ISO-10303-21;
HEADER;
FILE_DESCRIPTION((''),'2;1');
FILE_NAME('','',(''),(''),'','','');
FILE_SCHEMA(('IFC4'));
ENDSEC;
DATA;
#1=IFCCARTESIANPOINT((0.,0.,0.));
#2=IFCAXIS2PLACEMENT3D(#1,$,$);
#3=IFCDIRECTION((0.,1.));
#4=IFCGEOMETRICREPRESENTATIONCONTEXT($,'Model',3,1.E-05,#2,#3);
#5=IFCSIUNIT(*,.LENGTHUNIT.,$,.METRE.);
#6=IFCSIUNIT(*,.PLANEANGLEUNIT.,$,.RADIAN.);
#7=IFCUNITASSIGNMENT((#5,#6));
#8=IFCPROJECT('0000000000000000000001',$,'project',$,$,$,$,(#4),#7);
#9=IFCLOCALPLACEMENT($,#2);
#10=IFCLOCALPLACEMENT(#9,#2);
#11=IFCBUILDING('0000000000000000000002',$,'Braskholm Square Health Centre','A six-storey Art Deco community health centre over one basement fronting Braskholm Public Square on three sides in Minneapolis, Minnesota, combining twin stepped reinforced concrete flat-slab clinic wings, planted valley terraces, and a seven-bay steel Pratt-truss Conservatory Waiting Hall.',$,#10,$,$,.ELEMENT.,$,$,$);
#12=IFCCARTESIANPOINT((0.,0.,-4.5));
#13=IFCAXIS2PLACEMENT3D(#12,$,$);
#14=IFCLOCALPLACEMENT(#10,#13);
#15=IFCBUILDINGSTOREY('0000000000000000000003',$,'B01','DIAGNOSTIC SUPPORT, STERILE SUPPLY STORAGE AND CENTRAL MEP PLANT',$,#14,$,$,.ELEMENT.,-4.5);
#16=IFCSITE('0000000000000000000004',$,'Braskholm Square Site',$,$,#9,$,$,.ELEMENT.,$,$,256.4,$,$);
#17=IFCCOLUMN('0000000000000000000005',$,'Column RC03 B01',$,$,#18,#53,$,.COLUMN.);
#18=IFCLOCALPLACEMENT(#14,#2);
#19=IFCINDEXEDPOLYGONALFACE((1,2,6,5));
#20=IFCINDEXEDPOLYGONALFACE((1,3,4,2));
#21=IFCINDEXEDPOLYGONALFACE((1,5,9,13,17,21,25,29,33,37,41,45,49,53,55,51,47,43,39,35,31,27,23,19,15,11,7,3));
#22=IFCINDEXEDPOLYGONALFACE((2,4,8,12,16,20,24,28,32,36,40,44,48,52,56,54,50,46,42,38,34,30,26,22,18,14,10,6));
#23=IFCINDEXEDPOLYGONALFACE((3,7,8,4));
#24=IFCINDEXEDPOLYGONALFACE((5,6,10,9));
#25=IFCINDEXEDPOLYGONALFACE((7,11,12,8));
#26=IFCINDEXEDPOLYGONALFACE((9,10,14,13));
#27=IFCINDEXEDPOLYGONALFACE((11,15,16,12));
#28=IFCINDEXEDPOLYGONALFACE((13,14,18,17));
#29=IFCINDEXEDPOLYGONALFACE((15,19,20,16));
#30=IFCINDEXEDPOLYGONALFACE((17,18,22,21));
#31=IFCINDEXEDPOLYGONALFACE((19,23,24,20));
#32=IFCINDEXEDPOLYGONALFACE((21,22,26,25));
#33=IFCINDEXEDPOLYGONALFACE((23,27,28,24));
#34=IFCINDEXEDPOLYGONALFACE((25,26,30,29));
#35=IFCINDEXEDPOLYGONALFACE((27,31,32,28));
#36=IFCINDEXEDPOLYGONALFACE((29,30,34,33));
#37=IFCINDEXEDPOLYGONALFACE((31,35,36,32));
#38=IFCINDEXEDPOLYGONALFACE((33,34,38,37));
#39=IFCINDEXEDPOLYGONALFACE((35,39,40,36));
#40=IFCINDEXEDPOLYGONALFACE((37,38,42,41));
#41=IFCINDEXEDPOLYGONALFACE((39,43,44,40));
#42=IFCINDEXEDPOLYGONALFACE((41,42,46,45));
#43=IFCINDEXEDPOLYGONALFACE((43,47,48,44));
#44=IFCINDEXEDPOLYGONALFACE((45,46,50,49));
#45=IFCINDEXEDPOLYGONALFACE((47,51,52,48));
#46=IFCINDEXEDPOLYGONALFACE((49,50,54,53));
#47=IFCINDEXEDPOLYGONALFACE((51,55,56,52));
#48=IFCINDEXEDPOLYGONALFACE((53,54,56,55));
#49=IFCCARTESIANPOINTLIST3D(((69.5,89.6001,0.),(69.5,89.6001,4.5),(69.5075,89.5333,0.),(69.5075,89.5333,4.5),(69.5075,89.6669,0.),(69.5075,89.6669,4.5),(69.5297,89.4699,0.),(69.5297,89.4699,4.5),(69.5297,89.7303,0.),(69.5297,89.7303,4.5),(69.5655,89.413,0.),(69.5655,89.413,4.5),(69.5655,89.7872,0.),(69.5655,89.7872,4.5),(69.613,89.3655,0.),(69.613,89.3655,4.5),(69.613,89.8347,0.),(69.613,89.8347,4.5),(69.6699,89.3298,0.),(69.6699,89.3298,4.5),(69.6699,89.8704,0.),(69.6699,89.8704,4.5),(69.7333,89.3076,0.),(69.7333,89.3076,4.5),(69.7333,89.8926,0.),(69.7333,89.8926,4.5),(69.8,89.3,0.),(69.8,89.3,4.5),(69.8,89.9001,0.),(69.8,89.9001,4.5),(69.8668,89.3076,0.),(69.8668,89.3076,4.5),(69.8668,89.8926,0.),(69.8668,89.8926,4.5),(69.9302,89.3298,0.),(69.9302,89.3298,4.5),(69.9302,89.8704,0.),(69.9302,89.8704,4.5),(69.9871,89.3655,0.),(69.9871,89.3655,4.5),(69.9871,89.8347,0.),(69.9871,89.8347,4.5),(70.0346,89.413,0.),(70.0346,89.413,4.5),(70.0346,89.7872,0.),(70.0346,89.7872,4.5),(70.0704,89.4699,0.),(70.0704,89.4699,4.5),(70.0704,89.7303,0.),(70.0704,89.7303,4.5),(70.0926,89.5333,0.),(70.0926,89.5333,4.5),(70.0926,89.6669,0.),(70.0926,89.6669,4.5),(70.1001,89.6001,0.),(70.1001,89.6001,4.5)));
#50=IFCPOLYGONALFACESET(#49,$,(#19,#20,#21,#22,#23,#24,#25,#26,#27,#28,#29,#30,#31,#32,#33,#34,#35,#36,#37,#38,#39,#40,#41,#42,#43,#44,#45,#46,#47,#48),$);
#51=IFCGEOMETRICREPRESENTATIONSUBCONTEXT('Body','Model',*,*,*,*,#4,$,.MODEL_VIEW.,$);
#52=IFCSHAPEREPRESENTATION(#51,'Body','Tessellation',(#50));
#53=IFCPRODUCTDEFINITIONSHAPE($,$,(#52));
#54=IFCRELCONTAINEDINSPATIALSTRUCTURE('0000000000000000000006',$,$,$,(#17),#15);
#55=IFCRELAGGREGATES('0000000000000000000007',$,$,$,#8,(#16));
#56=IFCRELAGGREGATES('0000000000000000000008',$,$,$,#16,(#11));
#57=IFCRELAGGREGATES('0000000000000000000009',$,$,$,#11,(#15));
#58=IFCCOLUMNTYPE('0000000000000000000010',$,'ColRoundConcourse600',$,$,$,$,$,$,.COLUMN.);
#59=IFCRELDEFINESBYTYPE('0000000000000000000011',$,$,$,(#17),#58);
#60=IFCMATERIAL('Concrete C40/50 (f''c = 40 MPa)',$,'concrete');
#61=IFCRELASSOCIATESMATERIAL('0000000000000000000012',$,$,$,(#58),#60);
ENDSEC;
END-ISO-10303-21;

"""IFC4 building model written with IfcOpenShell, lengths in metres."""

from ifc_helpers import new_model, si_unit, direction, frame, origin, origin_2d, place, context, subcontext, project, spatial, circle, extrude, material, material_profile, profile_set, type_object, element, save


model = new_model("IFC4")

# Units and contexts
model_context = context("Model", 3, precision=1e-05, world=origin(), true_north=direction((0.0, 1.0)))
body_context = subcontext(model_context, "Body", "Model", "MODEL_VIEW")
ifc_project = project(units=[si_unit("LENGTHUNIT", "METRE"), si_unit("PLANEANGLEUNIT", "RADIAN")], contexts=[model_context])

# Site, building, storey
site_placement = place(None, origin())
site = spatial("IfcSite", under=ifc_project, at=site_placement, Name="Braskholm Square Site", CompositionType="ELEMENT", RefElevation=256.4)
building_placement = place(site_placement, origin())
building = spatial("IfcBuilding", under=site, at=building_placement, Name="Braskholm Square Health Centre", Description="A six-storey Art Deco community health centre over one basement fronting Braskholm Public Square on three sides in Minneapolis, Minnesota, combining twin stepped reinforced concrete flat-slab clinic wings, planted valley terraces, and a seven-bay steel Pratt-truss Conservatory Waiting Hall.", CompositionType="ELEMENT")
storey_placement = place(building_placement, frame((0.0, 0.0, -4.5)))
storey = spatial("IfcBuildingStorey", under=building, at=storey_placement, Name="B01", Description="DIAGNOSTIC SUPPORT, STERILE SUPPLY STORAGE AND CENTRAL MEP PLANT", CompositionType="ELEMENT", Elevation=-4.5)

# Shared definitions
ifc_material_1 = material(Name="Concrete C40/50 (f'c = 40 MPa)", Category="concrete")

# Column
ifc_material_profile_1 = material_profile(ifc_material_1, circle(Radius=0.3, at=origin_2d()), Name="RC-RND-600")
ifc_profile_set_1 = profile_set([ifc_material_profile_1], Name="Concrete C40/50 (f'c = 40 MPa)")
column_type_1 = type_object("IfcColumnType", Name="ColRoundConcourse600", PredefinedType="COLUMN", material=ifc_profile_set_1)
for number, where, z_axis, x_axis, name in (
    (1, (69.8, 89.6001, 0.0), (0.0, 0.0, 1.0), (1.0, 0.0, 0.0), "Column RC03 B01"),
):
    element("IfcColumn", number, at=place(storey_placement, frame(where, z_axis=z_axis, x_axis=x_axis)), inside=storey, type_object=column_type_1, Name=name, PredefinedType="COLUMN", context=body_context, shape_type="SweptSolid", body=[
        extrude(circle(Radius=0.3, at=origin_2d()), origin(), (0.0, 0.0, 1.0), 4.5),
    ])

save(model, "model.ifc")
